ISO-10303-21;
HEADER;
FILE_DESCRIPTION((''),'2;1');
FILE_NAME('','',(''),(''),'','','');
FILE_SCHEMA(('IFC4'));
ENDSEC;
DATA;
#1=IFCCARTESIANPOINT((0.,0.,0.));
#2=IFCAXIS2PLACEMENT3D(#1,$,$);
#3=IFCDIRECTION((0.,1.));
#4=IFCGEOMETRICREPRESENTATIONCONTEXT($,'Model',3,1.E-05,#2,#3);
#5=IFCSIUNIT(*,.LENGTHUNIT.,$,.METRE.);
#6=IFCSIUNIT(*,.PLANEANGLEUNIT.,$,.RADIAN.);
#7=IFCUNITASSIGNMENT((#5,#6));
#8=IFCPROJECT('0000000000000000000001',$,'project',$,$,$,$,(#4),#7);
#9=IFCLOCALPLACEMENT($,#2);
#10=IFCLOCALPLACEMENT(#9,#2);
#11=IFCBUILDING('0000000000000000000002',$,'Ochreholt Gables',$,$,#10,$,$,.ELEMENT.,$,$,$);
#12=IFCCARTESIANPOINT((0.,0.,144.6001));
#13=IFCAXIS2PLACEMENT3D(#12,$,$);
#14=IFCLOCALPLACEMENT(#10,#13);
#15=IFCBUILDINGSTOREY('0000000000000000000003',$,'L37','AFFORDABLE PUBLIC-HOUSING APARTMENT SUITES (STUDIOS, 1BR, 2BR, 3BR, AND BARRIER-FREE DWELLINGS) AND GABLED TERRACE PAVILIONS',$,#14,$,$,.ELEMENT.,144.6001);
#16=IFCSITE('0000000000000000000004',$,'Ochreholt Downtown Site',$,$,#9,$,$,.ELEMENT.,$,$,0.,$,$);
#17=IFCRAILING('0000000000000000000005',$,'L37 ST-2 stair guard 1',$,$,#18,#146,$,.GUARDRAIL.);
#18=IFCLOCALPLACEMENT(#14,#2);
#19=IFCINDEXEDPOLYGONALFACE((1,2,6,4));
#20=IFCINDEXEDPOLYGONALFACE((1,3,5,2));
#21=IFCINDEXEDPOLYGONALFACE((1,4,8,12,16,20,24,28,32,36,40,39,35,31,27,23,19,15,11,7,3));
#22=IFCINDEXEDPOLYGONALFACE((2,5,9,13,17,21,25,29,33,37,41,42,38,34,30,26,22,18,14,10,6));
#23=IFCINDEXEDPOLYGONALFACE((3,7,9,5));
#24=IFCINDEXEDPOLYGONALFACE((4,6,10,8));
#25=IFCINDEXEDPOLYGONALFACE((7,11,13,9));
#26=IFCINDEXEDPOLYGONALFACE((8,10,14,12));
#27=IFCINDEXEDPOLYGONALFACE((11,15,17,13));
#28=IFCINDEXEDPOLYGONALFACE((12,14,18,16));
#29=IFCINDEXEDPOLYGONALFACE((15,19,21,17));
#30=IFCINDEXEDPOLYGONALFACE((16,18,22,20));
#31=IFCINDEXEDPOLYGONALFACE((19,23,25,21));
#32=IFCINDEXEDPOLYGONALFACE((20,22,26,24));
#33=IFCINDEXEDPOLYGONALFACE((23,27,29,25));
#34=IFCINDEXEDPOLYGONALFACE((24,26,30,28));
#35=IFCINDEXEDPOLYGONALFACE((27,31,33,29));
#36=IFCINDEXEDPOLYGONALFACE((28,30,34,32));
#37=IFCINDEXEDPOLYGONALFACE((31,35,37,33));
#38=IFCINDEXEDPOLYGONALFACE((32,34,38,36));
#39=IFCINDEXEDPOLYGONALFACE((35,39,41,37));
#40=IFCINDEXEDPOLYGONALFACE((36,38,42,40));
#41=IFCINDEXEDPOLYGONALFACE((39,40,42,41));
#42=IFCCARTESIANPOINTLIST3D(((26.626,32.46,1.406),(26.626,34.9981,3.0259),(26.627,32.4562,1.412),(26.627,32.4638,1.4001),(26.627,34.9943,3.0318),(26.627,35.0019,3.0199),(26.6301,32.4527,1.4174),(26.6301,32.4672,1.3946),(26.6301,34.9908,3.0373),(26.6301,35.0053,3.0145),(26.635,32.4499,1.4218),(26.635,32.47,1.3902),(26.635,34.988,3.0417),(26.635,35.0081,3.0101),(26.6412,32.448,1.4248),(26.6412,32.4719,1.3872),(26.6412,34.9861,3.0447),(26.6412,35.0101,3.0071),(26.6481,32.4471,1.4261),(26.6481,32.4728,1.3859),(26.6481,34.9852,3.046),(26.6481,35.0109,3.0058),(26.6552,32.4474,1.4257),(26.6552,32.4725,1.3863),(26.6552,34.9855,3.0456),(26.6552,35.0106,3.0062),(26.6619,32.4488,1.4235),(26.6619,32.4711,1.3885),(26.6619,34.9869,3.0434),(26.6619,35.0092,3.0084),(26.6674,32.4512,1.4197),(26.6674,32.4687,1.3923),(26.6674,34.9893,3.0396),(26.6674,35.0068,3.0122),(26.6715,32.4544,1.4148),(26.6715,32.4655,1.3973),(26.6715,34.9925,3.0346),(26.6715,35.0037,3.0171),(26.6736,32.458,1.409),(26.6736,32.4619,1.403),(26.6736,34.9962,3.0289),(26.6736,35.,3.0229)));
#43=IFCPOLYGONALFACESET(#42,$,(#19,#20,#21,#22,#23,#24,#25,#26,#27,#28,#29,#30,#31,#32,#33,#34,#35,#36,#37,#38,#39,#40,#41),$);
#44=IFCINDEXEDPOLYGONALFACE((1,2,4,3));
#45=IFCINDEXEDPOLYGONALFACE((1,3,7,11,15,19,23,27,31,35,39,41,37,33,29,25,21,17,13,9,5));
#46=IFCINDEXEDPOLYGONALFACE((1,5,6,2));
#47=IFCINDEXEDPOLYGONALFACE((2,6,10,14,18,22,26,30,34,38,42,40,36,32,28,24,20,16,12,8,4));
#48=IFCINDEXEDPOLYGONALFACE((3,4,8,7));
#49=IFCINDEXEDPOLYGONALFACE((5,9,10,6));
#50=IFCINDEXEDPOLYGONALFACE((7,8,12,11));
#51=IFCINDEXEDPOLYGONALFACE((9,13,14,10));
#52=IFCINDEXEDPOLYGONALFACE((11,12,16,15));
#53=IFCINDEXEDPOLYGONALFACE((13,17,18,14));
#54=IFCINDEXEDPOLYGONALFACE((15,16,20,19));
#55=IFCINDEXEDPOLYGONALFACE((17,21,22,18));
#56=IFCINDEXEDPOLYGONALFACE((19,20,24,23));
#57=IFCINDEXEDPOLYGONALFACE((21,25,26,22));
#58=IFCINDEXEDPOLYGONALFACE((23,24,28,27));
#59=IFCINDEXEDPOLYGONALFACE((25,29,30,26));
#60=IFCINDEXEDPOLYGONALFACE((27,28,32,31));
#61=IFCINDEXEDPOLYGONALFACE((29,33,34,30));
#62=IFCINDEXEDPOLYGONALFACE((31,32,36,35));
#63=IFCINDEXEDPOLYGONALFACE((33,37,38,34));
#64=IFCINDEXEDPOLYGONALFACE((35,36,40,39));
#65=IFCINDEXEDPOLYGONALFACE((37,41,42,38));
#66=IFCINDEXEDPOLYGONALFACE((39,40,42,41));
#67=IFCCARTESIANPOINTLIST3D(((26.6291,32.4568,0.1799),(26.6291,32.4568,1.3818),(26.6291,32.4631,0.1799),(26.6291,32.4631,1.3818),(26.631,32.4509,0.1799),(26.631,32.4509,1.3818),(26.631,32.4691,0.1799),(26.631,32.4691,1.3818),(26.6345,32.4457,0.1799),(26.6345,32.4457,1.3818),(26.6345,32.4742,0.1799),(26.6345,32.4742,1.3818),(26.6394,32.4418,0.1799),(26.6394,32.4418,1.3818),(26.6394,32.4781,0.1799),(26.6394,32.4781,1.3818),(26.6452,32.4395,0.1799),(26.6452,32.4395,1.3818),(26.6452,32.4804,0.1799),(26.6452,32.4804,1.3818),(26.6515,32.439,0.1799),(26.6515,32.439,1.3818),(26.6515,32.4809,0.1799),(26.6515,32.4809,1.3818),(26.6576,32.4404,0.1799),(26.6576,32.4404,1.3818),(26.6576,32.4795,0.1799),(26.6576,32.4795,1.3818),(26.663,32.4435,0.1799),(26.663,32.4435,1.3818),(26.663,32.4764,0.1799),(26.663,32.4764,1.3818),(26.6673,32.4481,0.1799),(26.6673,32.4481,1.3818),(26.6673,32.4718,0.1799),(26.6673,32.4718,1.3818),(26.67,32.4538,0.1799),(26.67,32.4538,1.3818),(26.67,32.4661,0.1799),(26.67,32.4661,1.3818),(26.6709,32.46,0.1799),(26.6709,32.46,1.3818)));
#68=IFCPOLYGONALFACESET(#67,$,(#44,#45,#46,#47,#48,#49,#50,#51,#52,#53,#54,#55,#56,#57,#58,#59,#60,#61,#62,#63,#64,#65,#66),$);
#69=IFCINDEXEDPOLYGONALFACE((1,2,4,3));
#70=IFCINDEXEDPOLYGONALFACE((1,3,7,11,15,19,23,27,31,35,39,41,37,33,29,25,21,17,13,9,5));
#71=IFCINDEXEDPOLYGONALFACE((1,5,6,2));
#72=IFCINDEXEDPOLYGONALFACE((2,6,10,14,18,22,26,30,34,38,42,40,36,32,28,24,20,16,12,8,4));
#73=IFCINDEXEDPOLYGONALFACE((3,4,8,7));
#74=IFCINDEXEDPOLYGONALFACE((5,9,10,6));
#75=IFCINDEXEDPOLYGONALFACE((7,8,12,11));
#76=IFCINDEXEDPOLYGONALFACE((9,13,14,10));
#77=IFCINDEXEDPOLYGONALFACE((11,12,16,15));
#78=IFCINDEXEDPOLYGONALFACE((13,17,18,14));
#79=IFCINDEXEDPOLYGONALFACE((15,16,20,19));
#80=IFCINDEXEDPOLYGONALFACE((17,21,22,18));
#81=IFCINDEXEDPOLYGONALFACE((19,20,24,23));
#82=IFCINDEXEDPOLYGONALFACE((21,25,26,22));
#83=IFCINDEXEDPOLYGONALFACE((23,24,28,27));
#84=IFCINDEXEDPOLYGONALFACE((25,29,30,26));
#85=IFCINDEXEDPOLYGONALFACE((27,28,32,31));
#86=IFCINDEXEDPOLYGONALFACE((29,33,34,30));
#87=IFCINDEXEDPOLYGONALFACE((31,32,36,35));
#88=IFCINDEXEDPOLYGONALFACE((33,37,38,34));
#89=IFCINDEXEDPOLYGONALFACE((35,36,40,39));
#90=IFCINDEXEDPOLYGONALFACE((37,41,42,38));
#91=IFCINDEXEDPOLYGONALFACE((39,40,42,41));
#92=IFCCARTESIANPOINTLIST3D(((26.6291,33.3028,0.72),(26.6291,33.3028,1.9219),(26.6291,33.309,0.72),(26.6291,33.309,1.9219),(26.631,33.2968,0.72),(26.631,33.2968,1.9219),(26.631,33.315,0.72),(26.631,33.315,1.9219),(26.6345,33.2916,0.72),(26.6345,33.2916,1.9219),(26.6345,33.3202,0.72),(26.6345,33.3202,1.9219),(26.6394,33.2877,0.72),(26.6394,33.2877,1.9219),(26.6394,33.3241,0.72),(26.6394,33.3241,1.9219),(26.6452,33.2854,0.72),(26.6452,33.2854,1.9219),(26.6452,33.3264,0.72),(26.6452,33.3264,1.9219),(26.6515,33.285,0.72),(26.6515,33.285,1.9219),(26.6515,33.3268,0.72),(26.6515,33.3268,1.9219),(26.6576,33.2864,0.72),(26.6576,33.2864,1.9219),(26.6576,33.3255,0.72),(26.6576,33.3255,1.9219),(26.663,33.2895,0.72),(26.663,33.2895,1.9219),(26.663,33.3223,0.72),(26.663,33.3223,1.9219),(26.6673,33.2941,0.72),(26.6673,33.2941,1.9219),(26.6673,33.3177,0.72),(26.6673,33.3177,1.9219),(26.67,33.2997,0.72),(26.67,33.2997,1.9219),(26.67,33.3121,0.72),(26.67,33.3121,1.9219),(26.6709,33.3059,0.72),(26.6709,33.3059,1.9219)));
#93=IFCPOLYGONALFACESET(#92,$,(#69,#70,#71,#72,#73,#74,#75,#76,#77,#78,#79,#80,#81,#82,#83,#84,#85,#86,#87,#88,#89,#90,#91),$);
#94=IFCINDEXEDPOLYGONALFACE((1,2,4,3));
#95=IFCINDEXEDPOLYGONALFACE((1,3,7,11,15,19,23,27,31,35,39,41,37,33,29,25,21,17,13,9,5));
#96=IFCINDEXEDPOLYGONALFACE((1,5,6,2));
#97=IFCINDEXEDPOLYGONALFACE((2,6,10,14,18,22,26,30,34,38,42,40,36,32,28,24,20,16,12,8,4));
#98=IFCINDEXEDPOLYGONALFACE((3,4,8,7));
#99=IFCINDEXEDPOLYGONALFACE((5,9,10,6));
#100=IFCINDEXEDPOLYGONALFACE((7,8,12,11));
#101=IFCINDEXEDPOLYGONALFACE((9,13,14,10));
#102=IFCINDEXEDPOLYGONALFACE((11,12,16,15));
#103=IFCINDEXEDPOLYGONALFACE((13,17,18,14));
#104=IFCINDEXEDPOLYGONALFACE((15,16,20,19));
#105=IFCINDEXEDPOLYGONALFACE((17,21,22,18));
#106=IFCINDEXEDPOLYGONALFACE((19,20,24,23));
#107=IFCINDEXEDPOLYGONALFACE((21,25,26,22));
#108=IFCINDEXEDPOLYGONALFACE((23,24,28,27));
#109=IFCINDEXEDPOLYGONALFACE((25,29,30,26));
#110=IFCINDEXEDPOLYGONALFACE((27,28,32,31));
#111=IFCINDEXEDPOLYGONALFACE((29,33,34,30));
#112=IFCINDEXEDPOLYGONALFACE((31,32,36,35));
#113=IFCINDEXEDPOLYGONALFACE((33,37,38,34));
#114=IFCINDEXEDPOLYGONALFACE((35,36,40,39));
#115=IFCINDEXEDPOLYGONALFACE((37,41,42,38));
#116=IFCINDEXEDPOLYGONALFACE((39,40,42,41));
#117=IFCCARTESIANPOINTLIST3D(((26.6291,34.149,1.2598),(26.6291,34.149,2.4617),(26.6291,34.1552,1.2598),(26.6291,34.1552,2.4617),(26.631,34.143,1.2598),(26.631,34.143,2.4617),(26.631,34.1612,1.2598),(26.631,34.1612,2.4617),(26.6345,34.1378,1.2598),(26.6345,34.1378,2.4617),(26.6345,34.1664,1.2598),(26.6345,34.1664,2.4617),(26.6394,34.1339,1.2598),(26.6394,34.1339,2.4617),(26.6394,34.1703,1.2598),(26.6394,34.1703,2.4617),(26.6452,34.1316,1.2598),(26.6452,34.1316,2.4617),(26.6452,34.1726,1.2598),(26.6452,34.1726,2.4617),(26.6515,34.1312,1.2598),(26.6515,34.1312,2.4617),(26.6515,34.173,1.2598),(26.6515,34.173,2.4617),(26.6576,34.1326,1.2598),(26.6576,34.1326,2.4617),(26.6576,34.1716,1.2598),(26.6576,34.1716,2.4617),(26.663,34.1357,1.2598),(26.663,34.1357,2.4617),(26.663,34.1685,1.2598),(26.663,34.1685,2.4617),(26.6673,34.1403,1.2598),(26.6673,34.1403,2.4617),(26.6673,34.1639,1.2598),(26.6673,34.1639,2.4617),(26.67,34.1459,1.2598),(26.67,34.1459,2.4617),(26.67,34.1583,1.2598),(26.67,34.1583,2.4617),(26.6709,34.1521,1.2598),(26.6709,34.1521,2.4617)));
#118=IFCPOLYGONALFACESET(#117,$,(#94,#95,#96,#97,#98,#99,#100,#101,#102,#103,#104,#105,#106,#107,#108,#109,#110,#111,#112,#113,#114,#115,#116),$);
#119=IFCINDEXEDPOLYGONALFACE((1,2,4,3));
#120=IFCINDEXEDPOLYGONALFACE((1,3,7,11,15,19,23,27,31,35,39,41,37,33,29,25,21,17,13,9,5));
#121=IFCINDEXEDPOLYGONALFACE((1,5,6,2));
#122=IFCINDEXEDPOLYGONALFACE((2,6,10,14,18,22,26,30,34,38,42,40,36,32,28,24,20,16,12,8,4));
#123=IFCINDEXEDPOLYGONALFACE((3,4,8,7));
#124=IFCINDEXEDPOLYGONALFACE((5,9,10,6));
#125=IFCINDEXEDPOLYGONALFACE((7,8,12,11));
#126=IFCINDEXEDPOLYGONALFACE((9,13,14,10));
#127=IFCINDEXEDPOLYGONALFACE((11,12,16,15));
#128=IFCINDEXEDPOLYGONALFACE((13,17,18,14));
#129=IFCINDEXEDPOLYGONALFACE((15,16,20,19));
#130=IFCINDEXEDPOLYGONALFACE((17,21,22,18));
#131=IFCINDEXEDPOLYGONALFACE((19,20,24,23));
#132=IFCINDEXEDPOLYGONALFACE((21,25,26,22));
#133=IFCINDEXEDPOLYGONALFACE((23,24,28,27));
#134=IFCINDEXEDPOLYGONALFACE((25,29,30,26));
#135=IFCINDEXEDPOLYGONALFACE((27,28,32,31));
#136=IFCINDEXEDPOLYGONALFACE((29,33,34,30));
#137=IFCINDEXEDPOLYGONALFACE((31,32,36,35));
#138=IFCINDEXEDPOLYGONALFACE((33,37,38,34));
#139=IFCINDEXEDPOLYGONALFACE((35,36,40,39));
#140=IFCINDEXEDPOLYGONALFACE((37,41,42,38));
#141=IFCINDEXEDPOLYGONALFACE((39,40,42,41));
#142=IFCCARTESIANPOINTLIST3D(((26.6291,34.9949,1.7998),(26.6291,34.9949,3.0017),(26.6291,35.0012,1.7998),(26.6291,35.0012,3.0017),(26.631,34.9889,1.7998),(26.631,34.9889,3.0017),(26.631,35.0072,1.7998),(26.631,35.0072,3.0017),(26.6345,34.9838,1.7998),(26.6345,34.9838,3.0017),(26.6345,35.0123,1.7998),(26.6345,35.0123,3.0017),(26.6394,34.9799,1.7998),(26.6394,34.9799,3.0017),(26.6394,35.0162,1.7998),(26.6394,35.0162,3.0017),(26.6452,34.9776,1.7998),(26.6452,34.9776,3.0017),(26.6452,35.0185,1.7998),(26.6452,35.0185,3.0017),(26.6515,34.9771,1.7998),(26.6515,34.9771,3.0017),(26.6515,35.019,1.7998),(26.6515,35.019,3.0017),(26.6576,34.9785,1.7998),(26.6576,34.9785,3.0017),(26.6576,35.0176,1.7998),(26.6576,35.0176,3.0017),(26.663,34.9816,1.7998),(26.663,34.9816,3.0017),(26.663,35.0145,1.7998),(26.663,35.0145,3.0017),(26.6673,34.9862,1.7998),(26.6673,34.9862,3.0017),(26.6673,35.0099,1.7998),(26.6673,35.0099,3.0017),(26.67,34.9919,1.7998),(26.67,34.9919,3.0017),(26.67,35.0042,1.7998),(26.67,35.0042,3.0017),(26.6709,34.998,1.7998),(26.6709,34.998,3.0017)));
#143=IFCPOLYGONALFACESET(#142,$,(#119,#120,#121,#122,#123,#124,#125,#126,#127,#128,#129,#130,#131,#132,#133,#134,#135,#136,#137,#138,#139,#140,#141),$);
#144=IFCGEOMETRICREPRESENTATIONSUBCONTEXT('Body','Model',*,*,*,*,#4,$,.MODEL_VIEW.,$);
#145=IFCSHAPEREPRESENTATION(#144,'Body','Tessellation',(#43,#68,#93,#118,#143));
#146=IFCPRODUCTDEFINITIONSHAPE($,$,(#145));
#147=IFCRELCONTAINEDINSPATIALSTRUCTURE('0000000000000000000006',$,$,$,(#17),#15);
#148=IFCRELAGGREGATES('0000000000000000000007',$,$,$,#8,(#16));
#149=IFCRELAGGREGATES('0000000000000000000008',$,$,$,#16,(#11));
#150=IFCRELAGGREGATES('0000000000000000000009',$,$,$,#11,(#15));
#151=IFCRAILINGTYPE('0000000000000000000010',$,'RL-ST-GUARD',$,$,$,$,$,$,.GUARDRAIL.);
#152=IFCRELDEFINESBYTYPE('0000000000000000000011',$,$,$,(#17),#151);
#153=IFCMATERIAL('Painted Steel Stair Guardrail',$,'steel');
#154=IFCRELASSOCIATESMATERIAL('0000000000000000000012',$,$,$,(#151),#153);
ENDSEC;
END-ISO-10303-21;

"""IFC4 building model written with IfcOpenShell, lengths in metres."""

from ifc_helpers import new_model, si_unit, direction, frame, origin, origin_2d, place, context, subcontext, project, spatial, circle, extrude, material, type_object, element, save


model = new_model("IFC4")

# Units and contexts
model_context = context("Model", 3, precision=1e-05, world=origin(), true_north=direction((0.0, 1.0)))
body_context = subcontext(model_context, "Body", "Model", "MODEL_VIEW")
ifc_project = project(units=[si_unit("LENGTHUNIT", "METRE"), si_unit("PLANEANGLEUNIT", "RADIAN")], contexts=[model_context])

# Site, building, storey
site_placement = place(None, origin())
site = spatial("IfcSite", under=ifc_project, at=site_placement, Name="Ochreholt Downtown Site", CompositionType="ELEMENT", RefElevation=0.0)
building_placement = place(site_placement, origin())
building = spatial("IfcBuilding", under=site, at=building_placement, Name="Ochreholt Gables", CompositionType="ELEMENT")
storey_placement = place(building_placement, frame((0.0, 0.0, 144.6001)))
storey = spatial("IfcBuildingStorey", under=building, at=storey_placement, Name="L37", Description="AFFORDABLE PUBLIC-HOUSING APARTMENT SUITES (STUDIOS, 1BR, 2BR, 3BR, AND BARRIER-FREE DWELLINGS) AND GABLED TERRACE PAVILIONS", CompositionType="ELEMENT", Elevation=144.6001)

# Railing
ifc_material_1 = material(Name="Painted Steel Stair Guardrail", Category="steel")
railing_type = type_object("IfcRailingType", Name="RL-ST-GUARD", PredefinedType="GUARDRAIL", material=ifc_material_1)
railing_placement = place(storey_placement, frame((26.6499, 32.46, 0.1799)))
element("IfcRailing", 1, at=railing_placement, inside=storey, type_object=railing_type, Name="L37 ST-2 stair guard 1", PredefinedType="GUARDRAIL", context=body_context, shape_type="SweptSolid", body=[
    extrude(circle(Radius=0.0239, at=origin_2d()), frame((0.0, 0.0, 1.2261), z_axis=(0.0, 0.84295, 0.537993), x_axis=(-1.0, 0.0, 0.0)), (0.0, 0.0, 1.0), 3.011),
    extrude(circle(Radius=0.021, at=origin_2d()), origin(), (0.0, 0.0, 1.0), 1.2019),
    extrude(circle(Radius=0.021, at=origin_2d()), frame((0.0, 0.8459, 0.54)), (0.0, 0.0, 1.0), 1.2019),
    extrude(circle(Radius=0.021, at=origin_2d()), frame((0.0, 1.6921, 1.0798)), (0.0, 0.0, 1.0), 1.2019),
    extrude(circle(Radius=0.021, at=origin_2d()), frame((0.0, 2.5381, 1.6199)), (0.0, 0.0, 1.0), 1.2019),
])

save(model, "model.ifc")
